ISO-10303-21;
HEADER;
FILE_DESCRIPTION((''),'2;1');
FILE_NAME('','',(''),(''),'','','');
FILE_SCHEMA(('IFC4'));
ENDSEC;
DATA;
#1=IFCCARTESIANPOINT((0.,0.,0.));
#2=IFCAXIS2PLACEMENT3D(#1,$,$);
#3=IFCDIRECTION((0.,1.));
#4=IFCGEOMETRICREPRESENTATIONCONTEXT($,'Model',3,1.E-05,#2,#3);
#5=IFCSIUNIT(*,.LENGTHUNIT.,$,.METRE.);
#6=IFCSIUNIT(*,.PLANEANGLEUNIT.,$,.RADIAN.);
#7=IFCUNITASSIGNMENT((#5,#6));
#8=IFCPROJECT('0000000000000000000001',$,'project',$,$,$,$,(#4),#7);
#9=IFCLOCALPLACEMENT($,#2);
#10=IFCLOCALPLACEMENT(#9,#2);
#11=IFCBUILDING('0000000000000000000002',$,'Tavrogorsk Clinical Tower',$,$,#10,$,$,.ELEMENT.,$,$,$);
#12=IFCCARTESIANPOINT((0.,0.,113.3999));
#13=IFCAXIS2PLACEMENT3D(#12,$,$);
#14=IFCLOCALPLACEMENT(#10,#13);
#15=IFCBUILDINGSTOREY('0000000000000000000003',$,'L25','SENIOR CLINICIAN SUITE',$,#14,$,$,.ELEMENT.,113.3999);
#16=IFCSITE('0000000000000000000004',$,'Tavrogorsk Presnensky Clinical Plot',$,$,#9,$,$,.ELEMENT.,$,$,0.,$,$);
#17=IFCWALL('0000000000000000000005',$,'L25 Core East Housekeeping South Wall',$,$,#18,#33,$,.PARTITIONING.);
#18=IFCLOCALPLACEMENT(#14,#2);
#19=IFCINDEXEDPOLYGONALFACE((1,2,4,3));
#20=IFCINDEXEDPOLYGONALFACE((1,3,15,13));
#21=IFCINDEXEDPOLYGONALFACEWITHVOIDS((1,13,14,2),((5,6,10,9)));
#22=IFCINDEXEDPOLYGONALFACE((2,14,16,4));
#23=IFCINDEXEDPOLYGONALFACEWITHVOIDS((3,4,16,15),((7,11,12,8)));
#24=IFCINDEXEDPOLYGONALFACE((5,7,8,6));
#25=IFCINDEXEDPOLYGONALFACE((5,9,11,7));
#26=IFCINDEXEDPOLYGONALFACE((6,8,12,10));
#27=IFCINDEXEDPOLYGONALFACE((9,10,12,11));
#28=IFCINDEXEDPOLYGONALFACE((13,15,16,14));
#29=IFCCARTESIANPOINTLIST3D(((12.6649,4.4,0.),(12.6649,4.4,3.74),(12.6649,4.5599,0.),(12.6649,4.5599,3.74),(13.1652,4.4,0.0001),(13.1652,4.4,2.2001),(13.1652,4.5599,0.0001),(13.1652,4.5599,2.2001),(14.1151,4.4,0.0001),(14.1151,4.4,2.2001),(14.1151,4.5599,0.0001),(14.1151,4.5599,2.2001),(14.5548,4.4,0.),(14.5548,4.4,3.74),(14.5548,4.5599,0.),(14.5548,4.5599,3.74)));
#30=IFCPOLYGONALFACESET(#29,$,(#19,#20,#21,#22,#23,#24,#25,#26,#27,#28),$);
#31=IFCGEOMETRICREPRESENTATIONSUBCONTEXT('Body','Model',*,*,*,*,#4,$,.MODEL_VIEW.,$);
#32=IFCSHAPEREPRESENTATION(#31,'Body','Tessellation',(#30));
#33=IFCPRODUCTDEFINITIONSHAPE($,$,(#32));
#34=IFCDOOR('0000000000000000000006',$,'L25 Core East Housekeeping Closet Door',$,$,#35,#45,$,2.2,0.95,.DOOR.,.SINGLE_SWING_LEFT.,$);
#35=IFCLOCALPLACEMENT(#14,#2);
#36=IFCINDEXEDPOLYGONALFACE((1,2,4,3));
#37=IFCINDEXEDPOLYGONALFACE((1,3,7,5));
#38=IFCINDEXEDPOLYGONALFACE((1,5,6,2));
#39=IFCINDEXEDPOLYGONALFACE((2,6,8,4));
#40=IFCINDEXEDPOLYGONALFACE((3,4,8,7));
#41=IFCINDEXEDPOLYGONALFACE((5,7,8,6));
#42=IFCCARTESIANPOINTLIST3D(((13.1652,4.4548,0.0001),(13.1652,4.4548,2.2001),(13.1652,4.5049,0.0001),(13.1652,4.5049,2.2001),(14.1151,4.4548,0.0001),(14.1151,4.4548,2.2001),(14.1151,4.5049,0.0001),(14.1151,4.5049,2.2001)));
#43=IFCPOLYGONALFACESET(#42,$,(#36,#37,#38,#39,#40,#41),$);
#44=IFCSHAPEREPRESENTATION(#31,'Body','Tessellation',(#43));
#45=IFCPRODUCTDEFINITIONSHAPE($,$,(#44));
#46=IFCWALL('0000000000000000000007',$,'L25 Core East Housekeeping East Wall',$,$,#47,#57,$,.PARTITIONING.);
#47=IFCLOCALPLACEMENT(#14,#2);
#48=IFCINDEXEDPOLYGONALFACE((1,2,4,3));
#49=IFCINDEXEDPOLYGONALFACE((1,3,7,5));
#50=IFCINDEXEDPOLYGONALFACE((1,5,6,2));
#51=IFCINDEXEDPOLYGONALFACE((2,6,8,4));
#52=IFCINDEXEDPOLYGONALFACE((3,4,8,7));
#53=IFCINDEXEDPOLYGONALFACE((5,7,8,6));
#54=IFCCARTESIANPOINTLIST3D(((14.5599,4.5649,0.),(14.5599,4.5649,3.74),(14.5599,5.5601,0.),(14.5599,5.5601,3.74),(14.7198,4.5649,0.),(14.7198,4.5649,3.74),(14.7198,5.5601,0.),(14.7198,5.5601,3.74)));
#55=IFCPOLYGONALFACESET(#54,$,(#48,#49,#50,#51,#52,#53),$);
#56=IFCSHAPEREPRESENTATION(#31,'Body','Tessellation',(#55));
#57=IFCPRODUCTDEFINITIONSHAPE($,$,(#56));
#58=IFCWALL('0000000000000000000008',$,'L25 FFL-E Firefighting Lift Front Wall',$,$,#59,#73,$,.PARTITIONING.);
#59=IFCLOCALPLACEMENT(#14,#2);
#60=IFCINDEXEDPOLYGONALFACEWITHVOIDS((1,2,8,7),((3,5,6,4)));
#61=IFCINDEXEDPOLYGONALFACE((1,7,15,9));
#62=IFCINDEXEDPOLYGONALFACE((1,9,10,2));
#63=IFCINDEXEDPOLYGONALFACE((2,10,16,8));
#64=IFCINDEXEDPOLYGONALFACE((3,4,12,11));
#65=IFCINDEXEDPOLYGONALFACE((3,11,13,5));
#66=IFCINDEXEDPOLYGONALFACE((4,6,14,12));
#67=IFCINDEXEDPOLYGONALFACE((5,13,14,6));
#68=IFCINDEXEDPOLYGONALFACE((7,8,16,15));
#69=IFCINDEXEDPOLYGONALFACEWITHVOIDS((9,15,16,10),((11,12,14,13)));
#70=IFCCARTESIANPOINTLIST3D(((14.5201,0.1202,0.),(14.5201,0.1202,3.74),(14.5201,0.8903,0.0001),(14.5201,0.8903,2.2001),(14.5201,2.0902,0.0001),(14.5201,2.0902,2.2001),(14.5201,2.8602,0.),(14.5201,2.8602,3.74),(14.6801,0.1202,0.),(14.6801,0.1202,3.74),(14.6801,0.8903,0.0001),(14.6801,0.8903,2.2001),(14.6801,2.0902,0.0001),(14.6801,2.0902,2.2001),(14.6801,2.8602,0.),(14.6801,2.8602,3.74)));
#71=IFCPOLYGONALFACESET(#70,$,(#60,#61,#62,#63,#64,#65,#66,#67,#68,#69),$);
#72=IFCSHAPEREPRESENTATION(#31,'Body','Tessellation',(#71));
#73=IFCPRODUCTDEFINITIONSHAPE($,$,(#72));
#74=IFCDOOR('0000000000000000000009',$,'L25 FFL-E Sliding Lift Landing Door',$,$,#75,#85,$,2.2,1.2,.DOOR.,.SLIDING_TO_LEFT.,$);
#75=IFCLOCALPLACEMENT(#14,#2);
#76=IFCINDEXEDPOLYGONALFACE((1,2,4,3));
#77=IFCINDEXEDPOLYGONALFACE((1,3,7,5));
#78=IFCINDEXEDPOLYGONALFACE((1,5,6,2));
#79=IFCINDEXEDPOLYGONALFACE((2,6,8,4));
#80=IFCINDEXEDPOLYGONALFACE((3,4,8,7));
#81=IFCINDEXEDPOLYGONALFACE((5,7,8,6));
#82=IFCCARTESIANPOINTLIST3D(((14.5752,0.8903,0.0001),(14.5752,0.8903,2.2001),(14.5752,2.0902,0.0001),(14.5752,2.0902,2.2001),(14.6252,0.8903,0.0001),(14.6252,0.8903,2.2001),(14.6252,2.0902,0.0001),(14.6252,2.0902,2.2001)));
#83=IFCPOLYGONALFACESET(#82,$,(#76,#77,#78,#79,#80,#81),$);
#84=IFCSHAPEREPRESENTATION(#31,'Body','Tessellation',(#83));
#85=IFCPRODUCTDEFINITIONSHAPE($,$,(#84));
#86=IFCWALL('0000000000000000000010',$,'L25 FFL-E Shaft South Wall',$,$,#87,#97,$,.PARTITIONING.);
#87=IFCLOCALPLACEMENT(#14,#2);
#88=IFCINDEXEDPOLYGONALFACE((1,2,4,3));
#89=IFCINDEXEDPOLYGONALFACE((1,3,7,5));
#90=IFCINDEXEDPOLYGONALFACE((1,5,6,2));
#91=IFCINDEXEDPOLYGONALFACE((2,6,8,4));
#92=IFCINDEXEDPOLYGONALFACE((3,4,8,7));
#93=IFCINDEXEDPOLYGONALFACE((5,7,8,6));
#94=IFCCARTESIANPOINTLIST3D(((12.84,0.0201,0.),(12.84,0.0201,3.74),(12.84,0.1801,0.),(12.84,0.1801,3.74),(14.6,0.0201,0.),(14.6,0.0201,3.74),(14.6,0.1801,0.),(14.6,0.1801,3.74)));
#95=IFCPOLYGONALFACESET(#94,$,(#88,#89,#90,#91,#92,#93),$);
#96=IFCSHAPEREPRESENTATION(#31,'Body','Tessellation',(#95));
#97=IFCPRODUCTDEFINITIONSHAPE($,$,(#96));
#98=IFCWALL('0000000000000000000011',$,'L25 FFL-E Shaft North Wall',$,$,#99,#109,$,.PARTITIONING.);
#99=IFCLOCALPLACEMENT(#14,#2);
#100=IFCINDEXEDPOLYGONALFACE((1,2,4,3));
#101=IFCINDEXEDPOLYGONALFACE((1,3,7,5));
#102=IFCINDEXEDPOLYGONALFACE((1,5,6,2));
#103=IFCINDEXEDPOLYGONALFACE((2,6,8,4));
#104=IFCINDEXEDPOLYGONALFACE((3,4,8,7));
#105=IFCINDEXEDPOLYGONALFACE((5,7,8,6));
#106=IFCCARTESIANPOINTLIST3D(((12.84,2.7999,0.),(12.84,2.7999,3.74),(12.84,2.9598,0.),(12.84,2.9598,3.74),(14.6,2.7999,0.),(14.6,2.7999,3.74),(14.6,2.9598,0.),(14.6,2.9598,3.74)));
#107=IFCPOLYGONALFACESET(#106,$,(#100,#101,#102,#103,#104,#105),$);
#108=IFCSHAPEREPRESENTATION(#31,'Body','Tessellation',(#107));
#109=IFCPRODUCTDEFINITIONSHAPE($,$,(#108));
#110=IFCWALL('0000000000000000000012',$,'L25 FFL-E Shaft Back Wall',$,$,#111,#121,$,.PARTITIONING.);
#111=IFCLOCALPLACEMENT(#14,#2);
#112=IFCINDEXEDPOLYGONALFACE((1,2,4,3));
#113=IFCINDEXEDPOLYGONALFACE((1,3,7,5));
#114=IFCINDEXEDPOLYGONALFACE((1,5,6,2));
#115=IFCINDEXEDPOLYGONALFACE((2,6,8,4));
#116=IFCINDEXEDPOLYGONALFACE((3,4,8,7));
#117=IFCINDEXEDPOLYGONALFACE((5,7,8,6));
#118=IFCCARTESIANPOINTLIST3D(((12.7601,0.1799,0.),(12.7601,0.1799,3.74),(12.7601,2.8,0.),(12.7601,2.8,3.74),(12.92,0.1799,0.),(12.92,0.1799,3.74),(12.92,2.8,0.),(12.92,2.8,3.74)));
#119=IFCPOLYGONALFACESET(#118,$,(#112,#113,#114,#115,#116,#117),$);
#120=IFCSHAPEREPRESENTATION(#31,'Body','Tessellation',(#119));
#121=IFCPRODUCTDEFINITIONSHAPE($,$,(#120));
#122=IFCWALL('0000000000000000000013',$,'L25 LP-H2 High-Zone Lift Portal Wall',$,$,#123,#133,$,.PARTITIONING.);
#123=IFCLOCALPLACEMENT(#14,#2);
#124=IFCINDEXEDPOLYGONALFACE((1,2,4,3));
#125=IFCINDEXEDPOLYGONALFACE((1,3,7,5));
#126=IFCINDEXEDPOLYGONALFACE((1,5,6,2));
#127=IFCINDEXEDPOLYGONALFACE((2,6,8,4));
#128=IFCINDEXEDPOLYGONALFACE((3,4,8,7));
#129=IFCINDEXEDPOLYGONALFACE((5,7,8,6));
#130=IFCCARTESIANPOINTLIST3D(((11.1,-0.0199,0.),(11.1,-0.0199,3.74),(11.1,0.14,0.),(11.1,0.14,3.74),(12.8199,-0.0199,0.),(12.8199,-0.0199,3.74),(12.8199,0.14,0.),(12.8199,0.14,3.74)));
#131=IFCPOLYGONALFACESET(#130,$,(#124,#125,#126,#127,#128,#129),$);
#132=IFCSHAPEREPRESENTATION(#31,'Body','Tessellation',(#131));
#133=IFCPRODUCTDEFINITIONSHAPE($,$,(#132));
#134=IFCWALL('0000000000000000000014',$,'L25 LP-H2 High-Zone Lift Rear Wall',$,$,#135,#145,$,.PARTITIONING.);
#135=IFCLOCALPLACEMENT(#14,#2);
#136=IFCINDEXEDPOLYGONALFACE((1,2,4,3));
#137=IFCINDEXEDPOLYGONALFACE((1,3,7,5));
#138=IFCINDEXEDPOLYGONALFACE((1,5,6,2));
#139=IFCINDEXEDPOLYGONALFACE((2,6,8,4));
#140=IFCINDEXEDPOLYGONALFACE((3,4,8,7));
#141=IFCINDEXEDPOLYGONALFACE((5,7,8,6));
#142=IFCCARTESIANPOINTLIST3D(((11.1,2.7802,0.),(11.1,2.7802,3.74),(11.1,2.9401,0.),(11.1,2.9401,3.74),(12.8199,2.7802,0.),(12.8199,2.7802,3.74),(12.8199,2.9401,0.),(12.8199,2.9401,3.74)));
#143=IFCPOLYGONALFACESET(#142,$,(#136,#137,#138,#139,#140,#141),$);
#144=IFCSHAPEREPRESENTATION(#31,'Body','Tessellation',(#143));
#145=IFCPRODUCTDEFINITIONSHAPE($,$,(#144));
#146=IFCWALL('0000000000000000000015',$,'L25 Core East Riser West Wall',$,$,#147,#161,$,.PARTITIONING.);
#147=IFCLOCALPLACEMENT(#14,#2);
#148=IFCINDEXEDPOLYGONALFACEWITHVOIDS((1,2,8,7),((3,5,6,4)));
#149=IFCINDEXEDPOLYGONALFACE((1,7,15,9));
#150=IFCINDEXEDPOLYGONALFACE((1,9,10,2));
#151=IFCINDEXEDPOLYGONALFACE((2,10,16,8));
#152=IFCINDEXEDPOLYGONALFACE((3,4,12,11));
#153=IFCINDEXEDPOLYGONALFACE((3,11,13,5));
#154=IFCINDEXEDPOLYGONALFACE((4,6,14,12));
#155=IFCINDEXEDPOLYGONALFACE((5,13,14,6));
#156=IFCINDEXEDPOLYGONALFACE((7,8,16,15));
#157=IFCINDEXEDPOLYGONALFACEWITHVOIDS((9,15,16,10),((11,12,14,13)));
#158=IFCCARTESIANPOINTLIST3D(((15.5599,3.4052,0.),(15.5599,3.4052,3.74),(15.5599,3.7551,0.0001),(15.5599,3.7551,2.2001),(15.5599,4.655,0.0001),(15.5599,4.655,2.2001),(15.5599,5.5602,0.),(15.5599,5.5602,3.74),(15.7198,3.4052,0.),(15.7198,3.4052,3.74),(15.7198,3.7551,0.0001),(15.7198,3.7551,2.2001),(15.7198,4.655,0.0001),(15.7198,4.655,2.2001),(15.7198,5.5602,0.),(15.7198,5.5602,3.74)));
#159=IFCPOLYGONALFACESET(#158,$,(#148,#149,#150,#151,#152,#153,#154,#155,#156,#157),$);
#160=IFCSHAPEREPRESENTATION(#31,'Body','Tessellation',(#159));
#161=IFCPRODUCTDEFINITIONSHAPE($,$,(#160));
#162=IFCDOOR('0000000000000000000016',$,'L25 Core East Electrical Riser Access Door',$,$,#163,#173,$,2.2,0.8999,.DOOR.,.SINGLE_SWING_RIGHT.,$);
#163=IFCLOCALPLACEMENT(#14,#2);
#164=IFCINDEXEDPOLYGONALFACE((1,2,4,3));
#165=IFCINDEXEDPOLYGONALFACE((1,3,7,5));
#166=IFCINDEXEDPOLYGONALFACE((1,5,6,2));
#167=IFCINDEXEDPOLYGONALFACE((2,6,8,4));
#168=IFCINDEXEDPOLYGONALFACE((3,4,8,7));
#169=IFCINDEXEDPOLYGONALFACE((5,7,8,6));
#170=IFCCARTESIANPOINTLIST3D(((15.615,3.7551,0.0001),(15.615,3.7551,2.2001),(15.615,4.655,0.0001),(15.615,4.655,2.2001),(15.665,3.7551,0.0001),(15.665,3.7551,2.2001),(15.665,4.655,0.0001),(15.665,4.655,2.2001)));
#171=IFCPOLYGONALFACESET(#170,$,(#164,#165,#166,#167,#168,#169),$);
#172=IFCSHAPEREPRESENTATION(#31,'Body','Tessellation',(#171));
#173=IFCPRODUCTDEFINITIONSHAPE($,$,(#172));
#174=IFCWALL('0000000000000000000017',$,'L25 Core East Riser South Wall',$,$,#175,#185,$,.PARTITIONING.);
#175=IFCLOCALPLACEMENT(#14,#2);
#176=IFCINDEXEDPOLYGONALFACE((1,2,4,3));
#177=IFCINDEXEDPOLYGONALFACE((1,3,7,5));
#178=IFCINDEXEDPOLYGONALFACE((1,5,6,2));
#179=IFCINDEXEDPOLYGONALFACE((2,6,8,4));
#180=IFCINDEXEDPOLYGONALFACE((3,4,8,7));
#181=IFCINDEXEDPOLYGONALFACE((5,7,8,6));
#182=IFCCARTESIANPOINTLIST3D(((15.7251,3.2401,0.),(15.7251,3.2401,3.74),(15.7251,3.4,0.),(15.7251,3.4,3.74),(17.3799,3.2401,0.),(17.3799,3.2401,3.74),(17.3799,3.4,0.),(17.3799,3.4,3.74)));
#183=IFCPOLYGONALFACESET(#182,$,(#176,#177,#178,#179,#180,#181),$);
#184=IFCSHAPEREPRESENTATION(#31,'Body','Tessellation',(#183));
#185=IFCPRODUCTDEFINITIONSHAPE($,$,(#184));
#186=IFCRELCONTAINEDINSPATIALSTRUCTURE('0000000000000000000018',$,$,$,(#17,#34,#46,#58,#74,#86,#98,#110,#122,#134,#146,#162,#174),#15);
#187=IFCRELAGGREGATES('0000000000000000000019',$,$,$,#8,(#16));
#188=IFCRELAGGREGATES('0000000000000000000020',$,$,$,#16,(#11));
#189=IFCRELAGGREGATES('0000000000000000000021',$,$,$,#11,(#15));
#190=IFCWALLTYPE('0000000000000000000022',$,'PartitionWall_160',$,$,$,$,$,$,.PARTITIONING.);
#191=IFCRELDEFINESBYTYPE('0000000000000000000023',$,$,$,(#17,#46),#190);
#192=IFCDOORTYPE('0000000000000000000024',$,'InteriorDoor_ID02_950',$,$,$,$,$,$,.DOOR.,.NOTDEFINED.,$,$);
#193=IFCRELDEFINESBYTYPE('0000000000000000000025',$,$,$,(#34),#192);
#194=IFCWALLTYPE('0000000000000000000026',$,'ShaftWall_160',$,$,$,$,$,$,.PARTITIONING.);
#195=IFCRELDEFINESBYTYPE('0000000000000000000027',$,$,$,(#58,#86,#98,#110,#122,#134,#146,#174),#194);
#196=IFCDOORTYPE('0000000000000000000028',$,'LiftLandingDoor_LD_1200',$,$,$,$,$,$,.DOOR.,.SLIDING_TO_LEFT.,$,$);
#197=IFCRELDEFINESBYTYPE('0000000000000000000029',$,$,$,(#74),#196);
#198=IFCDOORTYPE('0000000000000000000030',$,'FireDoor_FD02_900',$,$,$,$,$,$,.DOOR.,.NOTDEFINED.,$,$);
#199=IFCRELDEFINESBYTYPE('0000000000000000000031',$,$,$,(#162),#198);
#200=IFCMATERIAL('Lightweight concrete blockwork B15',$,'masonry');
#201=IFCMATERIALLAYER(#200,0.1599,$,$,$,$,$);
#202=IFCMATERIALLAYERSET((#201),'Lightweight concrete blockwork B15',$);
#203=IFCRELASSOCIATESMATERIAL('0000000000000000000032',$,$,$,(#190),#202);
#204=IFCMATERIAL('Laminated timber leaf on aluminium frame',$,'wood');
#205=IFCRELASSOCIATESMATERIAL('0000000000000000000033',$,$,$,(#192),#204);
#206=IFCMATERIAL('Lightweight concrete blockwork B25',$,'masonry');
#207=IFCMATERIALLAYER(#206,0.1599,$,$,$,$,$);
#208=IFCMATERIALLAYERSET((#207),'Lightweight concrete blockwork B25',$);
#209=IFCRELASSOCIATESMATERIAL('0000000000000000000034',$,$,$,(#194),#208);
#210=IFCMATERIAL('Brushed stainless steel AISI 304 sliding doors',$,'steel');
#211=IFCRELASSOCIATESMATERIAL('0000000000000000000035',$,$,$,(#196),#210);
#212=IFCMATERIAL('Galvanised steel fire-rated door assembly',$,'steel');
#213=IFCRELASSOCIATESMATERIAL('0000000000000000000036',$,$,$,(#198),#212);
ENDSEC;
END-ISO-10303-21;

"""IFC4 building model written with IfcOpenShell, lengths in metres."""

from ifc_helpers import new_model, si_unit, direction, frame, frame_2d, origin, place, context, subcontext, project, spatial, rectangle, extrude, material, layer, layer_set, type_object, element, fill, save


model = new_model("IFC4")

# Units and contexts
model_context = context("Model", 3, precision=1e-05, world=origin(), true_north=direction((0.0, 1.0)))
body_context = subcontext(model_context, "Body", "Model", "MODEL_VIEW")
ifc_project = project(units=[si_unit("LENGTHUNIT", "METRE"), si_unit("PLANEANGLEUNIT", "RADIAN")], contexts=[model_context])

# Site, building, storey
site_placement = place(None, origin())
site = spatial("IfcSite", under=ifc_project, at=site_placement, Name="Tavrogorsk Presnensky Clinical Plot", CompositionType="ELEMENT", RefElevation=0.0)
building_placement = place(site_placement, origin())
building = spatial("IfcBuilding", under=site, at=building_placement, Name="Tavrogorsk Clinical Tower", CompositionType="ELEMENT")
storey_placement = place(building_placement, frame((0.0, 0.0, 113.3999)))
storey = spatial("IfcBuildingStorey", under=building, at=storey_placement, Name="L25", Description="SENIOR CLINICIAN SUITE", CompositionType="ELEMENT", Elevation=113.3999)

# Wall, opening, door
ifc_material_1 = material(Name="Lightweight concrete blockwork B15", Category="masonry")
ifc_layer_1 = layer(ifc_material_1, 0.1599)
ifc_layer_set_1 = layer_set([ifc_layer_1], Name="Lightweight concrete blockwork B15")
wall_type_1 = type_object("IfcWallType", Name="PartitionWall_160", PredefinedType="PARTITIONING", material=ifc_layer_set_1)
ifc_material_2 = material(Name="Laminated timber leaf on aluminium frame", Category="wood")
door_type_1 = type_object("IfcDoorType", Name="InteriorDoor_ID02_950", OperationType="NOTDEFINED", PredefinedType="DOOR", material=ifc_material_2)
wall_1_placement = place(storey_placement, frame((12.665, 4.48, 0.0), z_axis=(0.0, 0.0, 1.0), x_axis=(1.0, 0.0, 0.0)))
wall_1 = element("IfcWall", 1, at=wall_1_placement, inside=storey, type_object=wall_type_1, Name="L25 Core East Housekeeping South Wall", PredefinedType="PARTITIONING", context=body_context, shape_type="SweptSolid", body=[
    extrude(rectangle(XDim=1.8899, YDim=0.1599, at=frame_2d((0.9448, 0.0))), origin(), (0.0, 0.0, 1.0), 3.74),
])
opening_1_placement = place(wall_1_placement, frame((0.5, 0.0, 0.0)))
opening_1 = element("IfcOpeningElement", 2, at=opening_1_placement, cuts=wall_1, PredefinedType="OPENING", context=body_context, shape_type="SweptSolid", body=[
    extrude(rectangle(XDim=0.95, YDim=2.2, at=frame_2d((0.4751, 1.1001))), frame((0.0, 0.0898, 0.0), z_axis=(0.0, -1.0, 0.0), x_axis=(1.0, 0.0, 0.0)), (0.0, 0.0, 1.0), 0.1799),
])
door_1_placement = place(opening_1_placement, origin())
door_1 = element("IfcDoor", 3, at=door_1_placement, inside=storey, type_object=door_type_1, Name="L25 Core East Housekeeping Closet Door", OperationType="SINGLE_SWING_LEFT", OverallHeight=2.2, OverallWidth=0.95, PredefinedType="DOOR", context=body_context, shape_type="SweptSolid", body=[
    extrude(rectangle(XDim=0.95, YDim=2.2, at=frame_2d((0.4751, 1.1001))), frame((0.0, 0.0249, 0.0), z_axis=(0.0, -1.0, 0.0), x_axis=(1.0, 0.0, 0.0)), (0.0, 0.0, 1.0), 0.05),
])
fill(opening_1, door_1)

# Wall
wall_2_placement = place(storey_placement, frame((14.6399, 4.5649, 0.0), z_axis=(0.0, 0.0, 1.0), x_axis=(0.0, 1.0, 0.0)))
element("IfcWall", 4, at=wall_2_placement, inside=storey, type_object=wall_type_1, Name="L25 Core East Housekeeping East Wall", PredefinedType="PARTITIONING", context=body_context, shape_type="SweptSolid", body=[
    extrude(rectangle(XDim=0.9951, YDim=0.1599, at=frame_2d((0.4976, 0.0))), origin(), (0.0, 0.0, 1.0), 3.74),
])

# Wall, opening, door
ifc_material_3 = material(Name="Lightweight concrete blockwork B25", Category="masonry")
ifc_layer_2 = layer(ifc_material_3, 0.1599)
ifc_layer_set_2 = layer_set([ifc_layer_2], Name="Lightweight concrete blockwork B25")
wall_type_2 = type_object("IfcWallType", Name="ShaftWall_160", PredefinedType="PARTITIONING", material=ifc_layer_set_2)
wall_3_placement = place(storey_placement, frame((14.6001, 0.1201, 0.0), z_axis=(0.0, 0.0, 1.0), x_axis=(0.0, 1.0, 0.0)))
wall_3 = element("IfcWall", 5, at=wall_3_placement, inside=storey, type_object=wall_type_2, Name="L25 FFL-E Firefighting Lift Front Wall", PredefinedType="PARTITIONING", context=body_context, shape_type="SweptSolid", body=[
    extrude(rectangle(XDim=2.74, YDim=0.1599, at=frame_2d((1.3701, 0.0))), origin(), (0.0, 0.0, 1.0), 3.74),
])
opening_2_placement = place(wall_3_placement, frame((0.77, 0.0, 0.0)))
opening_2 = element("IfcOpeningElement", 6, at=opening_2_placement, cuts=wall_3, PredefinedType="OPENING", context=body_context, shape_type="SweptSolid", body=[
    extrude(rectangle(XDim=1.2, YDim=2.2, at=frame_2d((0.6001, 1.1001))), frame((0.0, 0.0898, 0.0), z_axis=(0.0, -1.0, 0.0), x_axis=(1.0, 0.0, 0.0)), (0.0, 0.0, 1.0), 0.1799),
])
ifc_material_4 = material(Name="Brushed stainless steel AISI 304 sliding doors", Category="steel")
door_type_2 = type_object("IfcDoorType", Name="LiftLandingDoor_LD_1200", OperationType="SLIDING_TO_LEFT", PredefinedType="DOOR", material=ifc_material_4)
door_2_placement = place(opening_2_placement, origin())
door_2 = element("IfcDoor", 7, at=door_2_placement, inside=storey, type_object=door_type_2, Name="L25 FFL-E Sliding Lift Landing Door", OperationType="SLIDING_TO_LEFT", OverallHeight=2.2, OverallWidth=1.2, PredefinedType="DOOR", context=body_context, shape_type="SweptSolid", body=[
    extrude(rectangle(XDim=1.2, YDim=2.2, at=frame_2d((0.6001, 1.1001))), frame((0.0, 0.0249, 0.0), z_axis=(0.0, -1.0, 0.0), x_axis=(1.0, 0.0, 0.0)), (0.0, 0.0, 1.0), 0.05),
])
fill(opening_2, door_2)

# Walls
for number, where, z_axis, x_axis, name in (
    (8, (12.8401, 0.1001, 0.0), (0.0, 0.0, 1.0), (1.0, 0.0, 0.0), "L25 FFL-E Shaft South Wall"),
    (9, (12.8401, 2.8799, 0.0), (0.0, 0.0, 1.0), (1.0, 0.0, 0.0), "L25 FFL-E Shaft North Wall"),
):
    element("IfcWall", number, at=place(storey_placement, frame(where, z_axis=z_axis, x_axis=x_axis)), inside=storey, type_object=wall_type_2, Name=name, PredefinedType="PARTITIONING", context=body_context, shape_type="SweptSolid", body=[
        extrude(rectangle(XDim=1.76, YDim=0.1599, at=frame_2d((0.8799, 0.0))), origin(), (0.0, 0.0, 1.0), 3.74),
    ])
wall_4_placement = place(storey_placement, frame((12.8401, 0.1799, 0.0), z_axis=(0.0, 0.0, 1.0), x_axis=(0.0, 1.0, 0.0)))
element("IfcWall", 10, at=wall_4_placement, inside=storey, type_object=wall_type_2, Name="L25 FFL-E Shaft Back Wall", PredefinedType="PARTITIONING", context=body_context, shape_type="SweptSolid", body=[
    extrude(rectangle(XDim=2.6201, YDim=0.1599, at=frame_2d((1.3101, 0.0))), origin(), (0.0, 0.0, 1.0), 3.74),
])
for number, where, z_axis, x_axis, name in (
    (11, (11.1001, 0.0601, 0.0), (0.0, 0.0, 1.0), (1.0, 0.0, 0.0), "L25 LP-H2 High-Zone Lift Portal Wall"),
    (12, (11.1001, 2.8601, 0.0), (0.0, 0.0, 1.0), (1.0, 0.0, 0.0), "L25 LP-H2 High-Zone Lift Rear Wall"),
):
    element("IfcWall", number, at=place(storey_placement, frame(where, z_axis=z_axis, x_axis=x_axis)), inside=storey, type_object=wall_type_2, Name=name, PredefinedType="PARTITIONING", context=body_context, shape_type="SweptSolid", body=[
        extrude(rectangle(XDim=1.72, YDim=0.1599, at=frame_2d((0.8599, 0.0))), origin(), (0.0, 0.0, 1.0), 3.74),
    ])

# Wall, opening, door
wall_5_placement = place(storey_placement, frame((15.6399, 3.405, 0.0), z_axis=(0.0, 0.0, 1.0), x_axis=(0.0, 1.0, 0.0)))
wall_5 = element("IfcWall", 13, at=wall_5_placement, inside=storey, type_object=wall_type_2, Name="L25 Core East Riser West Wall", PredefinedType="PARTITIONING", context=body_context, shape_type="SweptSolid", body=[
    extrude(rectangle(XDim=2.155, YDim=0.1599, at=frame_2d((1.0776, 0.0))), origin(), (0.0, 0.0, 1.0), 3.74),
])
opening_3_placement = place(wall_5_placement, frame((0.3501, 0.0, 0.0)))
opening_3 = element("IfcOpeningElement", 14, at=opening_3_placement, cuts=wall_5, PredefinedType="OPENING", context=body_context, shape_type="SweptSolid", body=[
    extrude(rectangle(XDim=0.8999, YDim=2.2, at=frame_2d((0.45, 1.1001))), frame((0.0, 0.0898, 0.0), z_axis=(0.0, -1.0, 0.0), x_axis=(1.0, 0.0, 0.0)), (0.0, 0.0, 1.0), 0.1799),
])
ifc_material_5 = material(Name="Galvanised steel fire-rated door assembly", Category="steel")
door_type_3 = type_object("IfcDoorType", Name="FireDoor_FD02_900", OperationType="NOTDEFINED", PredefinedType="DOOR", material=ifc_material_5)
door_3_placement = place(opening_3_placement, origin())
door_3 = element("IfcDoor", 15, at=door_3_placement, inside=storey, type_object=door_type_3, Name="L25 Core East Electrical Riser Access Door", OperationType="SINGLE_SWING_RIGHT", OverallHeight=2.2, OverallWidth=0.8999, PredefinedType="DOOR", context=body_context, shape_type="SweptSolid", body=[
    extrude(rectangle(XDim=0.8999, YDim=2.2, at=frame_2d((0.45, 1.1001))), frame((0.0, 0.0249, 0.0), z_axis=(0.0, -1.0, 0.0), x_axis=(1.0, 0.0, 0.0)), (0.0, 0.0, 1.0), 0.05),
])
fill(opening_3, door_3)

# Wall
wall_6_placement = place(storey_placement, frame((15.7251, 3.3201, 0.0), z_axis=(0.0, 0.0, 1.0), x_axis=(1.0, 0.0, 0.0)))
element("IfcWall", 16, at=wall_6_placement, inside=storey, type_object=wall_type_2, Name="L25 Core East Riser South Wall", PredefinedType="PARTITIONING", context=body_context, shape_type="SweptSolid", body=[
    extrude(rectangle(XDim=1.6548, YDim=0.1599, at=frame_2d((0.8274, 0.0))), origin(), (0.0, 0.0, 1.0), 3.74),
])

save(model, "model.ifc")
